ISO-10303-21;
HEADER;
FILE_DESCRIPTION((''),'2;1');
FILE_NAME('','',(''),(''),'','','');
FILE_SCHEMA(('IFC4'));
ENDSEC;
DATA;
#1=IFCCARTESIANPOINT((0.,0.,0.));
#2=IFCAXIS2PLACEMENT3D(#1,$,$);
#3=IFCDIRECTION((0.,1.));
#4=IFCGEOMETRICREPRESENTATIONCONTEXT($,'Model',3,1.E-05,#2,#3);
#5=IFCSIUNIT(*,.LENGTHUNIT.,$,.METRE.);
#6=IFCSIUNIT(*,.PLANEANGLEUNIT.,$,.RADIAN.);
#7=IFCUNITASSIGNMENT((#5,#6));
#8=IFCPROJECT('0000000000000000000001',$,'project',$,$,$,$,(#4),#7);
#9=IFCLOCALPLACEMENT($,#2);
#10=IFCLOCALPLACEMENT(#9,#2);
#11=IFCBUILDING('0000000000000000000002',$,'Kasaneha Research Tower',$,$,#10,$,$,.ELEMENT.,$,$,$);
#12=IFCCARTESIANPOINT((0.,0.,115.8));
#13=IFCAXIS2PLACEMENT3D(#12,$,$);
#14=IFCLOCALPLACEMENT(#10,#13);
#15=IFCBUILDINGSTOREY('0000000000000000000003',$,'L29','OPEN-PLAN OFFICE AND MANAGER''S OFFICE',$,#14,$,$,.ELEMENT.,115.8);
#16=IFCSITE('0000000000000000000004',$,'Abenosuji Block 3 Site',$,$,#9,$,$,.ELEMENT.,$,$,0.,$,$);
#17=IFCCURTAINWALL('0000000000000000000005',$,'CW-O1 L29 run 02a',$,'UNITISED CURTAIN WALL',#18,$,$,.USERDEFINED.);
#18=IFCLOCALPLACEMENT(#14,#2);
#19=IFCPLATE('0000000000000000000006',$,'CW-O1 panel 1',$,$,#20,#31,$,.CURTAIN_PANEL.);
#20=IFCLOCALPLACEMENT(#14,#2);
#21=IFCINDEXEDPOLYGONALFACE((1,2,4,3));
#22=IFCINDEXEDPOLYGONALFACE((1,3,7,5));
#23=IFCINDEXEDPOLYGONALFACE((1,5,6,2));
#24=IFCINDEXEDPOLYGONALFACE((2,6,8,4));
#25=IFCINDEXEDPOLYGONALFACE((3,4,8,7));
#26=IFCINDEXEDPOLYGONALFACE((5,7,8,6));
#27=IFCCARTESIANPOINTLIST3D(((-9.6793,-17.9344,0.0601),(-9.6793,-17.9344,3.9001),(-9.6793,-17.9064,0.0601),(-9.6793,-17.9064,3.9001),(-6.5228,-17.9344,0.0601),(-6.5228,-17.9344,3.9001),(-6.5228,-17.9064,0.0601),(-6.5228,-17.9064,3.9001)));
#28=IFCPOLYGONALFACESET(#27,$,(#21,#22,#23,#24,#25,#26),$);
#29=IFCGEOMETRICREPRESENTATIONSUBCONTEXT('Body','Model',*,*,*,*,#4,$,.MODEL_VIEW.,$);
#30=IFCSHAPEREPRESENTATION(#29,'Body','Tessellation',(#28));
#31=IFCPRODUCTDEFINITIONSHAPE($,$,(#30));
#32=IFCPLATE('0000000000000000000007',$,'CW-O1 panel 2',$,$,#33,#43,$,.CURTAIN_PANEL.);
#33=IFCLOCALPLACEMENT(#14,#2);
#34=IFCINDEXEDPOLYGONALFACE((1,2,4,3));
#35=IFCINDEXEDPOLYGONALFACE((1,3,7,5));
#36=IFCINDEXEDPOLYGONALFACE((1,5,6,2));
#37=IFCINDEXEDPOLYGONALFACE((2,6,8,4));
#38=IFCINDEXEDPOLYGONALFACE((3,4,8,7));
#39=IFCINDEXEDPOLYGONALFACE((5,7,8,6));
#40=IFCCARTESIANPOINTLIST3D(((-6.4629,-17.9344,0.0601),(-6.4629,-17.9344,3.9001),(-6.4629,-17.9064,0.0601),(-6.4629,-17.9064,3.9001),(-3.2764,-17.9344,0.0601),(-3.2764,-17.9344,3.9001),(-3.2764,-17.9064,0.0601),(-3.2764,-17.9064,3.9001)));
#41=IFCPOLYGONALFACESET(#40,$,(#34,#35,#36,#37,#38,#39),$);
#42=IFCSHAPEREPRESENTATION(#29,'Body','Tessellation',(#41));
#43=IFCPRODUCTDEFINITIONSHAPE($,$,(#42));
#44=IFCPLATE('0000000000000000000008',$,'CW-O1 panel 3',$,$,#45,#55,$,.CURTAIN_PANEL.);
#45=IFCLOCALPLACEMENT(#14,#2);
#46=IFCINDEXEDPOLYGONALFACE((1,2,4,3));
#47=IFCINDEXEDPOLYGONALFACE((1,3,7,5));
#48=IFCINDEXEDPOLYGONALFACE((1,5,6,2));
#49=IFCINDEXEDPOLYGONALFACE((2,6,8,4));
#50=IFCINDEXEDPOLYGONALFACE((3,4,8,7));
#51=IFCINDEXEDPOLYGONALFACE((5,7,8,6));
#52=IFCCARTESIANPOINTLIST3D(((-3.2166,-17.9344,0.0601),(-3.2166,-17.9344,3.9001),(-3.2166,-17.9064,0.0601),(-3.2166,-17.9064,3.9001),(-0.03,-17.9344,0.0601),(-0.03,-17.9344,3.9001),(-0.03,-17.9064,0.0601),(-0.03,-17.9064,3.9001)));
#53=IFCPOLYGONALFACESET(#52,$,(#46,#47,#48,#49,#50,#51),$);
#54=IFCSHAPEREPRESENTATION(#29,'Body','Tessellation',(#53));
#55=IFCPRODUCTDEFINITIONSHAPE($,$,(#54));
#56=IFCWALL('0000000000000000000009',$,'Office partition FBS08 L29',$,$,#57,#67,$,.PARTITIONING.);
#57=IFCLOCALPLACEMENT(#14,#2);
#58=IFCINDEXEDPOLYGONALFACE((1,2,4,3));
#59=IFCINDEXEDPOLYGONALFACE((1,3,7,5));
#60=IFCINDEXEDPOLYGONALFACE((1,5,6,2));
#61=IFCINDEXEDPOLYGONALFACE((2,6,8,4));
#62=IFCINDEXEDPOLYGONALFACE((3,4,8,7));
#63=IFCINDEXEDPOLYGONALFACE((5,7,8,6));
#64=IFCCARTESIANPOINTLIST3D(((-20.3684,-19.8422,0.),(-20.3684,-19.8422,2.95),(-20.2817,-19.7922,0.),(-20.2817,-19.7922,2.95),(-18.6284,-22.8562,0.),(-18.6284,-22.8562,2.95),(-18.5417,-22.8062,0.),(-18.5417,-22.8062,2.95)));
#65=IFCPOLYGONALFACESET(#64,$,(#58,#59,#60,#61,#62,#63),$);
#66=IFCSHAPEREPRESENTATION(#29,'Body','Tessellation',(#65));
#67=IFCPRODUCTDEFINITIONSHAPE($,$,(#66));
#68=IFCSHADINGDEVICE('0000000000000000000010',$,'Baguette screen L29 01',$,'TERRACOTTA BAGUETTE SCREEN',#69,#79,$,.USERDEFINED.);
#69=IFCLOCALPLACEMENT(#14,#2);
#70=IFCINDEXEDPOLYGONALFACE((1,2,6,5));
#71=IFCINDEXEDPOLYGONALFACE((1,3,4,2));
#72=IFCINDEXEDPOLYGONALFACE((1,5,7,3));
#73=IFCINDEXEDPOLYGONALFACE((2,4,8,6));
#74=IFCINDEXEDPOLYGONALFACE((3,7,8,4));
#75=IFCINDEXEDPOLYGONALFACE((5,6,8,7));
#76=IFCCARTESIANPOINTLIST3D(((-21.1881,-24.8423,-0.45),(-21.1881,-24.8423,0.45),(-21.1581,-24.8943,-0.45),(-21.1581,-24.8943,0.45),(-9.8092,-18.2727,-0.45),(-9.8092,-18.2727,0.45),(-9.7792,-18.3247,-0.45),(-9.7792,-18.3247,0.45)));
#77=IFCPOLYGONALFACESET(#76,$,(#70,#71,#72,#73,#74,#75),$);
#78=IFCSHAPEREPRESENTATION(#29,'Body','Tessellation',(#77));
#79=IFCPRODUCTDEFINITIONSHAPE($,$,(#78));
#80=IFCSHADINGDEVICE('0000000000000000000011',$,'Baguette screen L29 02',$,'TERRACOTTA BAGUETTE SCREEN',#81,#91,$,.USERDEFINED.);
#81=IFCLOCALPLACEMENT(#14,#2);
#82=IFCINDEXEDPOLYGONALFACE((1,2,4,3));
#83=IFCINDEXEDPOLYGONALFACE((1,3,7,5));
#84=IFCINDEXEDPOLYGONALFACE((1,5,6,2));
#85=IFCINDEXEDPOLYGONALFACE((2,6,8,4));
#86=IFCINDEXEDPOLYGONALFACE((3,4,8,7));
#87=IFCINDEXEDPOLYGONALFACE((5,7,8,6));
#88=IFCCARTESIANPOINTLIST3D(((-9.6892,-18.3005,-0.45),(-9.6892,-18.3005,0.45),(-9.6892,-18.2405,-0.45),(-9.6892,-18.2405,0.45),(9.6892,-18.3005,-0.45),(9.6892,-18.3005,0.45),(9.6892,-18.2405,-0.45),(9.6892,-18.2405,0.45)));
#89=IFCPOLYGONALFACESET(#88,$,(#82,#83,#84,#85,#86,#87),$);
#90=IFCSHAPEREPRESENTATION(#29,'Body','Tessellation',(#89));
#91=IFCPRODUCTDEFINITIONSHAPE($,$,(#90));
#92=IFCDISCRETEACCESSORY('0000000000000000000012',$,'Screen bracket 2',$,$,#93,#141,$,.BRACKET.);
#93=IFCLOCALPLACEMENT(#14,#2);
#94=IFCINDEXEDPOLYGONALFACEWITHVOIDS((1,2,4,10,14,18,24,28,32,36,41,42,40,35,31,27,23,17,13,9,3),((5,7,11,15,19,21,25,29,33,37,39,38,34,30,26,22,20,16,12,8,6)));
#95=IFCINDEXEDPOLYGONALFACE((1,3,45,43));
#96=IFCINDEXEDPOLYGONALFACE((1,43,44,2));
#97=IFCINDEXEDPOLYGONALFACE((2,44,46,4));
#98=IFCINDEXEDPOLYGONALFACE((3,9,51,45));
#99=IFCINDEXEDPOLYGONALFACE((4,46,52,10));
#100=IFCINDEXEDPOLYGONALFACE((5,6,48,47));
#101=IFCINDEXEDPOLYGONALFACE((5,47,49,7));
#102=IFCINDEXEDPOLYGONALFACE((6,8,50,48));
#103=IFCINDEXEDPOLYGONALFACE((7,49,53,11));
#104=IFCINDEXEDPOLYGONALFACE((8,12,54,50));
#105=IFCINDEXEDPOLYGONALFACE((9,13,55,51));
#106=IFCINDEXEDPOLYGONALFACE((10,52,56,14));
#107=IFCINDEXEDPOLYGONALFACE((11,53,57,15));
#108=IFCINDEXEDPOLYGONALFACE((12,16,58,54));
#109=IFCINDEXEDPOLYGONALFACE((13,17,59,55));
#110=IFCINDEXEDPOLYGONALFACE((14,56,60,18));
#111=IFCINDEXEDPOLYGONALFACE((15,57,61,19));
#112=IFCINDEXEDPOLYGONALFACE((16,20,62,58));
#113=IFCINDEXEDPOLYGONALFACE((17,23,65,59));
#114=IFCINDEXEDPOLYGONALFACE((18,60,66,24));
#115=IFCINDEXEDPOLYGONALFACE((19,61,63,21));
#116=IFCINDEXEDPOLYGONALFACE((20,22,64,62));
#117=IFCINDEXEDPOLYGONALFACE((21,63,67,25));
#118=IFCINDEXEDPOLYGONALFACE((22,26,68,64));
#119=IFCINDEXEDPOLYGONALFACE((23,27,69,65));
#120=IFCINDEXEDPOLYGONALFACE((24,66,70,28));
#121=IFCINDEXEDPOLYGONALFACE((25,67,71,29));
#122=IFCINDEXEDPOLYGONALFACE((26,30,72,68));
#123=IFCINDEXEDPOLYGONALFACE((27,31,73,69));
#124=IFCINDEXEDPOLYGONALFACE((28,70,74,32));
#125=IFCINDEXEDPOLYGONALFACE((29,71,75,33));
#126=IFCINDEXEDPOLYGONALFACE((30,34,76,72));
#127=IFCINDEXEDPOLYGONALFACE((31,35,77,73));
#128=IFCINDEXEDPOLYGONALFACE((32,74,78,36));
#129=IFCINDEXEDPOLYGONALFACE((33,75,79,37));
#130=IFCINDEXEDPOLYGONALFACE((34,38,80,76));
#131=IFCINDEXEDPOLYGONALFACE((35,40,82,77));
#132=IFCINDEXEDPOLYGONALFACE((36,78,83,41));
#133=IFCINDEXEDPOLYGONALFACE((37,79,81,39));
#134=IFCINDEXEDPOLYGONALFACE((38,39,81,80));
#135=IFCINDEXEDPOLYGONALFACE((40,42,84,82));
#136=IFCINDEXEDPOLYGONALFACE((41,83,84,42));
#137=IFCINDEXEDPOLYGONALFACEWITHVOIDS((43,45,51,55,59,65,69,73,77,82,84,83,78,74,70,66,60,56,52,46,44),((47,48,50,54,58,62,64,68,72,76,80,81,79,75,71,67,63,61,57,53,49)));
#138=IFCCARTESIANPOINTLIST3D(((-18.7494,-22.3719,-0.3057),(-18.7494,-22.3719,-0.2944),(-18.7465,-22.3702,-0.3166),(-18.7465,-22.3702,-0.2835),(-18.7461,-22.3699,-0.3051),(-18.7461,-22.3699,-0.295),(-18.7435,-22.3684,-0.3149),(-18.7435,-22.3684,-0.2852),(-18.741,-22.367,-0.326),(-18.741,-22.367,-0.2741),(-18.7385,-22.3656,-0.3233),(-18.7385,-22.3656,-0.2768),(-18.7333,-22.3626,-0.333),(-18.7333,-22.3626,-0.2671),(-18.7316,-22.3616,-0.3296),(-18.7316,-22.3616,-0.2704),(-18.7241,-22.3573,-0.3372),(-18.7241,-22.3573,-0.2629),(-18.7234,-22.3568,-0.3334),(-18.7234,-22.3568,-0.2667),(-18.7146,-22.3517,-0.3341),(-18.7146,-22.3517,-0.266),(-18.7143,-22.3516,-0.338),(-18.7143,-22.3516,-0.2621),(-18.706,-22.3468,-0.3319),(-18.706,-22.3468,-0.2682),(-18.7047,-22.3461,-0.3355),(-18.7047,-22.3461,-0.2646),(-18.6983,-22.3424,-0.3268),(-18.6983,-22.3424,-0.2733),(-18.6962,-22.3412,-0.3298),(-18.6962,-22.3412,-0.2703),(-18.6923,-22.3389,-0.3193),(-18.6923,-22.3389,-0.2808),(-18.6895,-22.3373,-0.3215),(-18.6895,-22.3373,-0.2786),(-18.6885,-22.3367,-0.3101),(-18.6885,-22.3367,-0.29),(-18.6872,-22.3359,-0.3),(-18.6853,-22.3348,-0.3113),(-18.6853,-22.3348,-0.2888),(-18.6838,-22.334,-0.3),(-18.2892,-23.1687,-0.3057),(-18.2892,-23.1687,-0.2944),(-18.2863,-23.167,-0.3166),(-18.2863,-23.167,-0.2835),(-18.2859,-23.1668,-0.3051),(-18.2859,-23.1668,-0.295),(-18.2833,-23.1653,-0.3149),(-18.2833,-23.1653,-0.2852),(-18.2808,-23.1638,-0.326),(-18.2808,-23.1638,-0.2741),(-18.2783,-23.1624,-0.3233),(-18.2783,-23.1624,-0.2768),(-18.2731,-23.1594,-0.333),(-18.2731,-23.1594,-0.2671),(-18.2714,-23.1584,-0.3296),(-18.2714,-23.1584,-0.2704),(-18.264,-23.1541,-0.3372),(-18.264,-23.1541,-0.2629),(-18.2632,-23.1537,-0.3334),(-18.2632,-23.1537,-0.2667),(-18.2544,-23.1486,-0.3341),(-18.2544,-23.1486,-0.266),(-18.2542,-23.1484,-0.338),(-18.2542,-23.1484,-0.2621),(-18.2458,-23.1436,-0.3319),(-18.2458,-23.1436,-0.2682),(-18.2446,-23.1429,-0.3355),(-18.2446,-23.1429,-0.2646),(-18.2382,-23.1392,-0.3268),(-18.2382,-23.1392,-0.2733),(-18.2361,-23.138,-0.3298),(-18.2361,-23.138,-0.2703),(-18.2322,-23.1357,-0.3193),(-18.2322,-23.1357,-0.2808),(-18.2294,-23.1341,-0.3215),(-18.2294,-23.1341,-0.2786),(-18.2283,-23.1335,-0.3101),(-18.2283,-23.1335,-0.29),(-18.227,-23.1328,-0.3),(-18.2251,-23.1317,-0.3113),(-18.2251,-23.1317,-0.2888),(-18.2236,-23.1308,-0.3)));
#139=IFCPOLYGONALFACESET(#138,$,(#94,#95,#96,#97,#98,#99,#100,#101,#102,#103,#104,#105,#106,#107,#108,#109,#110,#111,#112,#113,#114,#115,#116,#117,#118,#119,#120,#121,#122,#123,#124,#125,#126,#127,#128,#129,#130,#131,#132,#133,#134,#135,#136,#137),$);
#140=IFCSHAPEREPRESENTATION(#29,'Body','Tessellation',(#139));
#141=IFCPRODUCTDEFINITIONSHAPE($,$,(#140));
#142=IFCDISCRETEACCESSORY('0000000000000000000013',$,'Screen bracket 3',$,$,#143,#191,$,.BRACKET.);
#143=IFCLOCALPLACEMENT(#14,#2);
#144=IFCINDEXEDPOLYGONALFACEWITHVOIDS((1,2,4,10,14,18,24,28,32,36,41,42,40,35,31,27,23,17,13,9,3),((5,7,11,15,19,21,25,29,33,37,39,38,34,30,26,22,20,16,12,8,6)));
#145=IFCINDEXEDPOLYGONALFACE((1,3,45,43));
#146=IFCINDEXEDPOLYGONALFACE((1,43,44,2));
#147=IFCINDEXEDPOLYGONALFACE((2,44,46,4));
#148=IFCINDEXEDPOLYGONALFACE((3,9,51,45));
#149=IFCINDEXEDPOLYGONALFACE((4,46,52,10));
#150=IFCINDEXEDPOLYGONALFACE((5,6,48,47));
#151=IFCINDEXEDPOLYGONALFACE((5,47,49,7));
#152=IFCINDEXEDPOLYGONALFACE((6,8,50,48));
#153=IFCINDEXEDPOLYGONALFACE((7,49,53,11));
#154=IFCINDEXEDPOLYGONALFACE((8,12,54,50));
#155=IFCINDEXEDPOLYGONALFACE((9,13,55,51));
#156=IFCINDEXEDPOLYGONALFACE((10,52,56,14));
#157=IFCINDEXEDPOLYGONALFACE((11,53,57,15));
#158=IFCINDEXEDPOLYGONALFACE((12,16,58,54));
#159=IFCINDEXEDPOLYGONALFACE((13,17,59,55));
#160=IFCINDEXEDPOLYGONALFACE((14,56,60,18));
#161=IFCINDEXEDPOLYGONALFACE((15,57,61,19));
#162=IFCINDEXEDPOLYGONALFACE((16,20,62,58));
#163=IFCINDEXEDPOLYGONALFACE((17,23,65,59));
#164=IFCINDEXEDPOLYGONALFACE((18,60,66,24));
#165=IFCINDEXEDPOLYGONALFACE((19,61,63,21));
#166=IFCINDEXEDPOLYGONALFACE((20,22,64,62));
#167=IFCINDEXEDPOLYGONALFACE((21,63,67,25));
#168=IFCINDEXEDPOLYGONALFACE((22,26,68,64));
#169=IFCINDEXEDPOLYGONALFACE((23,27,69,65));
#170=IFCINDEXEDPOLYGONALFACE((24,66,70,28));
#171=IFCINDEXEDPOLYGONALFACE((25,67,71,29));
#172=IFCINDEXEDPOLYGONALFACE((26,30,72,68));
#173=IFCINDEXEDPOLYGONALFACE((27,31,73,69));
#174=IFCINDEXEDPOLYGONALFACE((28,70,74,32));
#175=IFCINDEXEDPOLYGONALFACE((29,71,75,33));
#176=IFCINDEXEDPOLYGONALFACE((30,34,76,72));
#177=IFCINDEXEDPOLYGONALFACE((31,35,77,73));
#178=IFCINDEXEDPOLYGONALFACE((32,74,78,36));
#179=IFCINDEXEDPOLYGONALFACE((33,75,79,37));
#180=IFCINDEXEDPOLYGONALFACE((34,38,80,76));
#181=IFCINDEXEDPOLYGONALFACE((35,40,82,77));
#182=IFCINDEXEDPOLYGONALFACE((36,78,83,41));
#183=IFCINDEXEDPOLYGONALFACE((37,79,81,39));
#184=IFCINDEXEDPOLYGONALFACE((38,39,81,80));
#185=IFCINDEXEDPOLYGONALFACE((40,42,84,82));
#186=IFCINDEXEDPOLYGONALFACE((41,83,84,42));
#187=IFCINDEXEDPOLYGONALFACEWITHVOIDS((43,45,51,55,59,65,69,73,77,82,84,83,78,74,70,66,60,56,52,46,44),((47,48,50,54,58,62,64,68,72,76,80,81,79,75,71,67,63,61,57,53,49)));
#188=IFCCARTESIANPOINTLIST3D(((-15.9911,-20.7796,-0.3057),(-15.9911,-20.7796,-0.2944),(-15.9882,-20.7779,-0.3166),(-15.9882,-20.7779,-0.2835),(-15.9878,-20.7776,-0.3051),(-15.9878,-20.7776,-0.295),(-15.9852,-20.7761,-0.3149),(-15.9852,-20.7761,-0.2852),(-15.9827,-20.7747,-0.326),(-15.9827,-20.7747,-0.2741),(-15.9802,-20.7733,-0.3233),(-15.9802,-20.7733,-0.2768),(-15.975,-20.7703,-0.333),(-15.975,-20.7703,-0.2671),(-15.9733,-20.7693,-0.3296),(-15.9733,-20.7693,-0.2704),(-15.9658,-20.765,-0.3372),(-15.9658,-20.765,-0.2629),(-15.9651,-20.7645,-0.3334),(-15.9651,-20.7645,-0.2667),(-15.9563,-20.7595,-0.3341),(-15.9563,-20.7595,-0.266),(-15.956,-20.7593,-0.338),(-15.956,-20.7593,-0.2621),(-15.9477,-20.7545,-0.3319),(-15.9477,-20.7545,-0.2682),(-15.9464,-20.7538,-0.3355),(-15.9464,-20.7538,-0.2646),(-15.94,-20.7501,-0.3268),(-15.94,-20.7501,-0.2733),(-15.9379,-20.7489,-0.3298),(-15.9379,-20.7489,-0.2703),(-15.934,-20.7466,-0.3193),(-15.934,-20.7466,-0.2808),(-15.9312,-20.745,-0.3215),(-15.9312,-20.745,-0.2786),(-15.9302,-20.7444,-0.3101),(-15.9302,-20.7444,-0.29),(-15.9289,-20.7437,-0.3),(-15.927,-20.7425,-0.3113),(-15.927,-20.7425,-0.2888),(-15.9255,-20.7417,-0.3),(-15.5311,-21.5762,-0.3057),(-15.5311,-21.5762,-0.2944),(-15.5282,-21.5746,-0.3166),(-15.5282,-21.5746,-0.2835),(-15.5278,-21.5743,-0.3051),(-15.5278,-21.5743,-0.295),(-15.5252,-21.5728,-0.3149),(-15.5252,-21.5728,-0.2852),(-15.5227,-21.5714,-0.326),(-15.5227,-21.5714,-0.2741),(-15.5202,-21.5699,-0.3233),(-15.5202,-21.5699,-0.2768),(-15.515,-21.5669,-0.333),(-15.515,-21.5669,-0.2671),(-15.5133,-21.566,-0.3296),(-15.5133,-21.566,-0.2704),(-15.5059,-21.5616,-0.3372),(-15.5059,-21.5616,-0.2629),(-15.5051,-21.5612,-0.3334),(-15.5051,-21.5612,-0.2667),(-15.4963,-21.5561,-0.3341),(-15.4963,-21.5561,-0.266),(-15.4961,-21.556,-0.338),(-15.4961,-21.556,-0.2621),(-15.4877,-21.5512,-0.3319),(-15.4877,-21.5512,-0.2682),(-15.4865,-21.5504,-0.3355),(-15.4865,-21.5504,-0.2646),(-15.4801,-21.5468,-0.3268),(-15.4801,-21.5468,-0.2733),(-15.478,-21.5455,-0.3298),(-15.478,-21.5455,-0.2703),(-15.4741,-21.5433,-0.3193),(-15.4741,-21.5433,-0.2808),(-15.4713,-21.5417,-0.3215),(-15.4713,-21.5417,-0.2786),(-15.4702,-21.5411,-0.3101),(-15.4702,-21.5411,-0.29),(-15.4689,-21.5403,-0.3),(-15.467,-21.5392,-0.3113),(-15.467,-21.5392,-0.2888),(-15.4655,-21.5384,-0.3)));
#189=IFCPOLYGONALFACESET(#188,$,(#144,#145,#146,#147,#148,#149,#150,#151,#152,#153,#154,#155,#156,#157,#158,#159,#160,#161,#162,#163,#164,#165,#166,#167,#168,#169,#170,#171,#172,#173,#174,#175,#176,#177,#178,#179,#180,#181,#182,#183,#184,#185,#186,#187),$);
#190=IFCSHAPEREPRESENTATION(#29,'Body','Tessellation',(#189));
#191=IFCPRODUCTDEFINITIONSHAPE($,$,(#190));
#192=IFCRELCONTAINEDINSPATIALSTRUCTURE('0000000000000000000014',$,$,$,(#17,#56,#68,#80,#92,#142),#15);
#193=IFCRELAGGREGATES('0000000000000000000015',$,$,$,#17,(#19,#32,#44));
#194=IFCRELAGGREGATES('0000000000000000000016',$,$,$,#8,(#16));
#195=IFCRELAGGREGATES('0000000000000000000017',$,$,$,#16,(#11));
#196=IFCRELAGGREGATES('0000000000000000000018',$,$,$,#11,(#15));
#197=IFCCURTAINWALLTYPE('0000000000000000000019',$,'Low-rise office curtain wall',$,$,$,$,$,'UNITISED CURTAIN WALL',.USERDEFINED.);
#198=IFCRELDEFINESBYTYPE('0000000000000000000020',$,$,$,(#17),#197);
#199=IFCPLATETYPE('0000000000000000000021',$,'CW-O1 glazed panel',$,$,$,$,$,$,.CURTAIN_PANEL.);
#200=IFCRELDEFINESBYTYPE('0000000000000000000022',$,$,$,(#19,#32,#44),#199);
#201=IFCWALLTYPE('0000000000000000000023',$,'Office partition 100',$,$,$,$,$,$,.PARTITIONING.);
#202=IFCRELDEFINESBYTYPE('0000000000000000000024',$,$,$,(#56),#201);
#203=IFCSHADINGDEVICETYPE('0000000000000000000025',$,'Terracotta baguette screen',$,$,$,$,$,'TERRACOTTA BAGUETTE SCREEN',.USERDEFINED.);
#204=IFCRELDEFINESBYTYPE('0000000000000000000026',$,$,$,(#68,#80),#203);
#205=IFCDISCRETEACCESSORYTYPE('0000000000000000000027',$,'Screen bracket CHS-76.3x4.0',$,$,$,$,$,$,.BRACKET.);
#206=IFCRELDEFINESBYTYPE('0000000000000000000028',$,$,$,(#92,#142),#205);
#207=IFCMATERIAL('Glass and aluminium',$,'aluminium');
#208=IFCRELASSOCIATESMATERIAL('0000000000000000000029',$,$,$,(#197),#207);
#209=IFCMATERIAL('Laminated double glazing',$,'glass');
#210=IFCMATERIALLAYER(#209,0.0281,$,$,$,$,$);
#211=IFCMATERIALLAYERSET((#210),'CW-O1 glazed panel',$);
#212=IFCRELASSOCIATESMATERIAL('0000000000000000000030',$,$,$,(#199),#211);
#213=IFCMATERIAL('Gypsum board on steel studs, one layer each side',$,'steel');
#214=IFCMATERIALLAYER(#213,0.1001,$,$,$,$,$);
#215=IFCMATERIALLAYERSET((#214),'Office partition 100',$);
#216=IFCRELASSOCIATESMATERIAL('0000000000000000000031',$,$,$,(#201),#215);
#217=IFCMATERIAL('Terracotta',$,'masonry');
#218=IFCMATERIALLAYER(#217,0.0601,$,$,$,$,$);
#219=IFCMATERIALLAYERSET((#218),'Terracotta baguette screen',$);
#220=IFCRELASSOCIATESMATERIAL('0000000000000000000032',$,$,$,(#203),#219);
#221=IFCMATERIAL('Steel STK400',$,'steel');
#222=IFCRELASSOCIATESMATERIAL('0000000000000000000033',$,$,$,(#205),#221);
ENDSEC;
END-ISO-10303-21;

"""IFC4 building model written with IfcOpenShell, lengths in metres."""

from ifc_helpers import new_model, si_unit, direction, frame, frame_2d, origin, origin_2d, place, context, subcontext, project, spatial, rectangle, hollow_circle, extrude, material, layer, layer_set, material_profile, profile_set, type_object, element, aggregate, save


model = new_model("IFC4")

# Units and contexts
model_context = context("Model", 3, precision=1e-05, world=origin(), true_north=direction((0.0, 1.0)))
body_context = subcontext(model_context, "Body", "Model", "MODEL_VIEW")
ifc_project = project(units=[si_unit("LENGTHUNIT", "METRE"), si_unit("PLANEANGLEUNIT", "RADIAN")], contexts=[model_context])

# Site, building, storey
site_placement = place(None, origin())
site = spatial("IfcSite", under=ifc_project, at=site_placement, Name="Abenosuji Block 3 Site", CompositionType="ELEMENT", RefElevation=0.0)
building_placement = place(site_placement, origin())
building = spatial("IfcBuilding", under=site, at=building_placement, Name="Kasaneha Research Tower", CompositionType="ELEMENT")
storey_placement = place(building_placement, frame((0.0, 0.0, 115.8)))
storey = spatial("IfcBuildingStorey", under=building, at=storey_placement, Name="L29", Description="OPEN-PLAN OFFICE AND MANAGER'S OFFICE", CompositionType="ELEMENT", Elevation=115.8)

# Curtain wall
ifc_material_1 = material(Name="Glass and aluminium", Category="aluminium")
curtain_wall_type = type_object("IfcCurtainWallType", Name="Low-rise office curtain wall", ElementType="UNITISED CURTAIN WALL", PredefinedType="USERDEFINED", material=ifc_material_1)
curtain_wall_1_placement = place(storey_placement, origin())
curtain_wall_1 = element("IfcCurtainWall", 1, at=curtain_wall_1_placement, inside=storey, type_object=curtain_wall_type, Name="CW-O1 L29 run 02a", ObjectType="UNITISED CURTAIN WALL", PredefinedType="USERDEFINED")

# Plates
ifc_material_2 = material(Name="Laminated double glazing", Category="glass")
ifc_layer_1 = layer(ifc_material_2, 0.0281)
ifc_layer_set_1 = layer_set([ifc_layer_1], Name="CW-O1 glazed panel")
plate_type = type_object("IfcPlateType", Name="CW-O1 glazed panel", PredefinedType="CURTAIN_PANEL", material=ifc_layer_set_1)
plate_1_placement = place(storey_placement, frame((-8.1011, -17.9204, 0.0601), z_axis=(0.0, 0.0, 1.0), x_axis=(1.0, 0.0, 0.0)))
plate_1 = element("IfcPlate", 2, at=plate_1_placement, type_object=plate_type, Name="CW-O1 panel 1", PredefinedType="CURTAIN_PANEL", context=body_context, shape_type="SweptSolid", body=[
    extrude(rectangle(XDim=3.1565, YDim=0.0281, at=origin_2d()), origin(), (0.0, 0.0, 1.0), 3.8401),
])
plate_2_placement = place(storey_placement, frame((-4.8696, -17.9204, 0.0601), z_axis=(0.0, 0.0, 1.0), x_axis=(1.0, 0.0, 0.0)))
plate_2 = element("IfcPlate", 3, at=plate_2_placement, type_object=plate_type, Name="CW-O1 panel 2", PredefinedType="CURTAIN_PANEL", context=body_context, shape_type="SweptSolid", body=[
    extrude(rectangle(XDim=3.1865, YDim=0.0281, at=origin_2d()), origin(), (0.0, 0.0, 1.0), 3.8401),
])
plate_3_placement = place(storey_placement, frame((-1.6233, -17.9204, 0.0601), z_axis=(0.0, 0.0, 1.0), x_axis=(1.0, 0.0, 0.0)))
plate_3 = element("IfcPlate", 4, at=plate_3_placement, type_object=plate_type, Name="CW-O1 panel 3", PredefinedType="CURTAIN_PANEL", context=body_context, shape_type="SweptSolid", body=[
    extrude(rectangle(XDim=3.1865, YDim=0.0281, at=origin_2d()), origin(), (0.0, 0.0, 1.0), 3.8401),
])
aggregate(curtain_wall_1, [plate_1, plate_2, plate_3])

# Wall
ifc_material_3 = material(Name="Gypsum board on steel studs, one layer each side", Category="steel")
ifc_layer_2 = layer(ifc_material_3, 0.1001)
ifc_layer_set_2 = layer_set([ifc_layer_2], Name="Office partition 100")
wall_type = type_object("IfcWallType", Name="Office partition 100", PredefinedType="PARTITIONING", material=ifc_layer_set_2)
wall_placement = place(storey_placement, frame((-18.585, -22.8313, 0.0), z_axis=(0.0, 0.0, 1.0), x_axis=(-0.49998, 0.866037, 0.0)))
element("IfcWall", 5, at=wall_placement, inside=storey, type_object=wall_type, Name="Office partition FBS08 L29", PredefinedType="PARTITIONING", context=body_context, shape_type="SweptSolid", body=[
    extrude(rectangle(XDim=3.4802, YDim=0.1001, at=frame_2d((1.7402, 0.0))), origin(), (0.0, 0.0, 1.0), 2.95),
])

# Shading devices
ifc_material_4 = material(Name="Terracotta", Category="masonry")
ifc_layer_3 = layer(ifc_material_4, 0.0601)
ifc_layer_set_3 = layer_set([ifc_layer_3], Name="Terracotta baguette screen")
shading_device_type = type_object("IfcShadingDeviceType", Name="Terracotta baguette screen", ElementType="TERRACOTTA BAGUETTE SCREEN", PredefinedType="USERDEFINED", material=ifc_layer_set_3)
shading_device_1_placement = place(storey_placement, frame((-15.4836, -21.5835, -0.45), z_axis=(0.0, 0.0, 1.0), x_axis=(0.866025, 0.5, 0.0)))
element("IfcShadingDevice", 6, at=shading_device_1_placement, inside=storey, type_object=shading_device_type, Name="Baguette screen L29 01", ObjectType="TERRACOTTA BAGUETTE SCREEN", PredefinedType="USERDEFINED", context=body_context, shape_type="SweptSolid", body=[
    extrude(rectangle(XDim=13.1392, YDim=0.0601, at=origin_2d()), origin(), (0.0, 0.0, 1.0), 0.8999),
])
shading_device_2_placement = place(storey_placement, frame((0.0, -18.2705, -0.45), z_axis=(0.0, 0.0, 1.0), x_axis=(1.0, 0.0, 0.0)))
element("IfcShadingDevice", 7, at=shading_device_2_placement, inside=storey, type_object=shading_device_type, Name="Baguette screen L29 02", ObjectType="TERRACOTTA BAGUETTE SCREEN", PredefinedType="USERDEFINED", context=body_context, shape_type="SweptSolid", body=[
    extrude(rectangle(XDim=19.3784, YDim=0.0601, at=origin_2d()), origin(), (0.0, 0.0, 1.0), 0.8999),
])

# Discrete accessories
ifc_material_5 = material(Name="Steel STK400", Category="steel")
ifc_material_profile_1 = material_profile(ifc_material_5, hollow_circle(Radius=0.0381, WallThickness=0.0039, at=origin_2d()), Name="CHS-76.3x4.0")
ifc_profile_set_1 = profile_set([ifc_material_profile_1], Name="Steel STK400")
discrete_accessory_type = type_object("IfcDiscreteAccessoryType", Name="Screen bracket CHS-76.3x4.0", PredefinedType="BRACKET", material=ifc_profile_set_1)
discrete_accessory_1_placement = place(storey_placement, frame((-18.7168, -22.353, -0.3), z_axis=(0.500105, -0.865965, 0.0), x_axis=(0.865965, 0.500105, 0.0)))
element("IfcDiscreteAccessory", 8, at=discrete_accessory_1_placement, inside=storey, type_object=discrete_accessory_type, Name="Screen bracket 2", PredefinedType="BRACKET", context=body_context, shape_type="SweptSolid", body=[
    extrude(hollow_circle(Radius=0.0381, WallThickness=0.0039, at=origin_2d()), origin(), (0.0, 0.0, 1.0), 0.9202),
])
discrete_accessory_2_placement = place(storey_placement, frame((-15.9585, -20.7607, -0.3), z_axis=(0.500021, -0.866013, 0.0), x_axis=(0.866013, 0.500021, 0.0)))
element("IfcDiscreteAccessory", 9, at=discrete_accessory_2_placement, inside=storey, type_object=discrete_accessory_type, Name="Screen bracket 3", PredefinedType="BRACKET", context=body_context, shape_type="SweptSolid", body=[
    extrude(hollow_circle(Radius=0.0381, WallThickness=0.0039, at=origin_2d()), origin(), (0.0, 0.0, 1.0), 0.9199),
])

save(model, "model.ifc")
